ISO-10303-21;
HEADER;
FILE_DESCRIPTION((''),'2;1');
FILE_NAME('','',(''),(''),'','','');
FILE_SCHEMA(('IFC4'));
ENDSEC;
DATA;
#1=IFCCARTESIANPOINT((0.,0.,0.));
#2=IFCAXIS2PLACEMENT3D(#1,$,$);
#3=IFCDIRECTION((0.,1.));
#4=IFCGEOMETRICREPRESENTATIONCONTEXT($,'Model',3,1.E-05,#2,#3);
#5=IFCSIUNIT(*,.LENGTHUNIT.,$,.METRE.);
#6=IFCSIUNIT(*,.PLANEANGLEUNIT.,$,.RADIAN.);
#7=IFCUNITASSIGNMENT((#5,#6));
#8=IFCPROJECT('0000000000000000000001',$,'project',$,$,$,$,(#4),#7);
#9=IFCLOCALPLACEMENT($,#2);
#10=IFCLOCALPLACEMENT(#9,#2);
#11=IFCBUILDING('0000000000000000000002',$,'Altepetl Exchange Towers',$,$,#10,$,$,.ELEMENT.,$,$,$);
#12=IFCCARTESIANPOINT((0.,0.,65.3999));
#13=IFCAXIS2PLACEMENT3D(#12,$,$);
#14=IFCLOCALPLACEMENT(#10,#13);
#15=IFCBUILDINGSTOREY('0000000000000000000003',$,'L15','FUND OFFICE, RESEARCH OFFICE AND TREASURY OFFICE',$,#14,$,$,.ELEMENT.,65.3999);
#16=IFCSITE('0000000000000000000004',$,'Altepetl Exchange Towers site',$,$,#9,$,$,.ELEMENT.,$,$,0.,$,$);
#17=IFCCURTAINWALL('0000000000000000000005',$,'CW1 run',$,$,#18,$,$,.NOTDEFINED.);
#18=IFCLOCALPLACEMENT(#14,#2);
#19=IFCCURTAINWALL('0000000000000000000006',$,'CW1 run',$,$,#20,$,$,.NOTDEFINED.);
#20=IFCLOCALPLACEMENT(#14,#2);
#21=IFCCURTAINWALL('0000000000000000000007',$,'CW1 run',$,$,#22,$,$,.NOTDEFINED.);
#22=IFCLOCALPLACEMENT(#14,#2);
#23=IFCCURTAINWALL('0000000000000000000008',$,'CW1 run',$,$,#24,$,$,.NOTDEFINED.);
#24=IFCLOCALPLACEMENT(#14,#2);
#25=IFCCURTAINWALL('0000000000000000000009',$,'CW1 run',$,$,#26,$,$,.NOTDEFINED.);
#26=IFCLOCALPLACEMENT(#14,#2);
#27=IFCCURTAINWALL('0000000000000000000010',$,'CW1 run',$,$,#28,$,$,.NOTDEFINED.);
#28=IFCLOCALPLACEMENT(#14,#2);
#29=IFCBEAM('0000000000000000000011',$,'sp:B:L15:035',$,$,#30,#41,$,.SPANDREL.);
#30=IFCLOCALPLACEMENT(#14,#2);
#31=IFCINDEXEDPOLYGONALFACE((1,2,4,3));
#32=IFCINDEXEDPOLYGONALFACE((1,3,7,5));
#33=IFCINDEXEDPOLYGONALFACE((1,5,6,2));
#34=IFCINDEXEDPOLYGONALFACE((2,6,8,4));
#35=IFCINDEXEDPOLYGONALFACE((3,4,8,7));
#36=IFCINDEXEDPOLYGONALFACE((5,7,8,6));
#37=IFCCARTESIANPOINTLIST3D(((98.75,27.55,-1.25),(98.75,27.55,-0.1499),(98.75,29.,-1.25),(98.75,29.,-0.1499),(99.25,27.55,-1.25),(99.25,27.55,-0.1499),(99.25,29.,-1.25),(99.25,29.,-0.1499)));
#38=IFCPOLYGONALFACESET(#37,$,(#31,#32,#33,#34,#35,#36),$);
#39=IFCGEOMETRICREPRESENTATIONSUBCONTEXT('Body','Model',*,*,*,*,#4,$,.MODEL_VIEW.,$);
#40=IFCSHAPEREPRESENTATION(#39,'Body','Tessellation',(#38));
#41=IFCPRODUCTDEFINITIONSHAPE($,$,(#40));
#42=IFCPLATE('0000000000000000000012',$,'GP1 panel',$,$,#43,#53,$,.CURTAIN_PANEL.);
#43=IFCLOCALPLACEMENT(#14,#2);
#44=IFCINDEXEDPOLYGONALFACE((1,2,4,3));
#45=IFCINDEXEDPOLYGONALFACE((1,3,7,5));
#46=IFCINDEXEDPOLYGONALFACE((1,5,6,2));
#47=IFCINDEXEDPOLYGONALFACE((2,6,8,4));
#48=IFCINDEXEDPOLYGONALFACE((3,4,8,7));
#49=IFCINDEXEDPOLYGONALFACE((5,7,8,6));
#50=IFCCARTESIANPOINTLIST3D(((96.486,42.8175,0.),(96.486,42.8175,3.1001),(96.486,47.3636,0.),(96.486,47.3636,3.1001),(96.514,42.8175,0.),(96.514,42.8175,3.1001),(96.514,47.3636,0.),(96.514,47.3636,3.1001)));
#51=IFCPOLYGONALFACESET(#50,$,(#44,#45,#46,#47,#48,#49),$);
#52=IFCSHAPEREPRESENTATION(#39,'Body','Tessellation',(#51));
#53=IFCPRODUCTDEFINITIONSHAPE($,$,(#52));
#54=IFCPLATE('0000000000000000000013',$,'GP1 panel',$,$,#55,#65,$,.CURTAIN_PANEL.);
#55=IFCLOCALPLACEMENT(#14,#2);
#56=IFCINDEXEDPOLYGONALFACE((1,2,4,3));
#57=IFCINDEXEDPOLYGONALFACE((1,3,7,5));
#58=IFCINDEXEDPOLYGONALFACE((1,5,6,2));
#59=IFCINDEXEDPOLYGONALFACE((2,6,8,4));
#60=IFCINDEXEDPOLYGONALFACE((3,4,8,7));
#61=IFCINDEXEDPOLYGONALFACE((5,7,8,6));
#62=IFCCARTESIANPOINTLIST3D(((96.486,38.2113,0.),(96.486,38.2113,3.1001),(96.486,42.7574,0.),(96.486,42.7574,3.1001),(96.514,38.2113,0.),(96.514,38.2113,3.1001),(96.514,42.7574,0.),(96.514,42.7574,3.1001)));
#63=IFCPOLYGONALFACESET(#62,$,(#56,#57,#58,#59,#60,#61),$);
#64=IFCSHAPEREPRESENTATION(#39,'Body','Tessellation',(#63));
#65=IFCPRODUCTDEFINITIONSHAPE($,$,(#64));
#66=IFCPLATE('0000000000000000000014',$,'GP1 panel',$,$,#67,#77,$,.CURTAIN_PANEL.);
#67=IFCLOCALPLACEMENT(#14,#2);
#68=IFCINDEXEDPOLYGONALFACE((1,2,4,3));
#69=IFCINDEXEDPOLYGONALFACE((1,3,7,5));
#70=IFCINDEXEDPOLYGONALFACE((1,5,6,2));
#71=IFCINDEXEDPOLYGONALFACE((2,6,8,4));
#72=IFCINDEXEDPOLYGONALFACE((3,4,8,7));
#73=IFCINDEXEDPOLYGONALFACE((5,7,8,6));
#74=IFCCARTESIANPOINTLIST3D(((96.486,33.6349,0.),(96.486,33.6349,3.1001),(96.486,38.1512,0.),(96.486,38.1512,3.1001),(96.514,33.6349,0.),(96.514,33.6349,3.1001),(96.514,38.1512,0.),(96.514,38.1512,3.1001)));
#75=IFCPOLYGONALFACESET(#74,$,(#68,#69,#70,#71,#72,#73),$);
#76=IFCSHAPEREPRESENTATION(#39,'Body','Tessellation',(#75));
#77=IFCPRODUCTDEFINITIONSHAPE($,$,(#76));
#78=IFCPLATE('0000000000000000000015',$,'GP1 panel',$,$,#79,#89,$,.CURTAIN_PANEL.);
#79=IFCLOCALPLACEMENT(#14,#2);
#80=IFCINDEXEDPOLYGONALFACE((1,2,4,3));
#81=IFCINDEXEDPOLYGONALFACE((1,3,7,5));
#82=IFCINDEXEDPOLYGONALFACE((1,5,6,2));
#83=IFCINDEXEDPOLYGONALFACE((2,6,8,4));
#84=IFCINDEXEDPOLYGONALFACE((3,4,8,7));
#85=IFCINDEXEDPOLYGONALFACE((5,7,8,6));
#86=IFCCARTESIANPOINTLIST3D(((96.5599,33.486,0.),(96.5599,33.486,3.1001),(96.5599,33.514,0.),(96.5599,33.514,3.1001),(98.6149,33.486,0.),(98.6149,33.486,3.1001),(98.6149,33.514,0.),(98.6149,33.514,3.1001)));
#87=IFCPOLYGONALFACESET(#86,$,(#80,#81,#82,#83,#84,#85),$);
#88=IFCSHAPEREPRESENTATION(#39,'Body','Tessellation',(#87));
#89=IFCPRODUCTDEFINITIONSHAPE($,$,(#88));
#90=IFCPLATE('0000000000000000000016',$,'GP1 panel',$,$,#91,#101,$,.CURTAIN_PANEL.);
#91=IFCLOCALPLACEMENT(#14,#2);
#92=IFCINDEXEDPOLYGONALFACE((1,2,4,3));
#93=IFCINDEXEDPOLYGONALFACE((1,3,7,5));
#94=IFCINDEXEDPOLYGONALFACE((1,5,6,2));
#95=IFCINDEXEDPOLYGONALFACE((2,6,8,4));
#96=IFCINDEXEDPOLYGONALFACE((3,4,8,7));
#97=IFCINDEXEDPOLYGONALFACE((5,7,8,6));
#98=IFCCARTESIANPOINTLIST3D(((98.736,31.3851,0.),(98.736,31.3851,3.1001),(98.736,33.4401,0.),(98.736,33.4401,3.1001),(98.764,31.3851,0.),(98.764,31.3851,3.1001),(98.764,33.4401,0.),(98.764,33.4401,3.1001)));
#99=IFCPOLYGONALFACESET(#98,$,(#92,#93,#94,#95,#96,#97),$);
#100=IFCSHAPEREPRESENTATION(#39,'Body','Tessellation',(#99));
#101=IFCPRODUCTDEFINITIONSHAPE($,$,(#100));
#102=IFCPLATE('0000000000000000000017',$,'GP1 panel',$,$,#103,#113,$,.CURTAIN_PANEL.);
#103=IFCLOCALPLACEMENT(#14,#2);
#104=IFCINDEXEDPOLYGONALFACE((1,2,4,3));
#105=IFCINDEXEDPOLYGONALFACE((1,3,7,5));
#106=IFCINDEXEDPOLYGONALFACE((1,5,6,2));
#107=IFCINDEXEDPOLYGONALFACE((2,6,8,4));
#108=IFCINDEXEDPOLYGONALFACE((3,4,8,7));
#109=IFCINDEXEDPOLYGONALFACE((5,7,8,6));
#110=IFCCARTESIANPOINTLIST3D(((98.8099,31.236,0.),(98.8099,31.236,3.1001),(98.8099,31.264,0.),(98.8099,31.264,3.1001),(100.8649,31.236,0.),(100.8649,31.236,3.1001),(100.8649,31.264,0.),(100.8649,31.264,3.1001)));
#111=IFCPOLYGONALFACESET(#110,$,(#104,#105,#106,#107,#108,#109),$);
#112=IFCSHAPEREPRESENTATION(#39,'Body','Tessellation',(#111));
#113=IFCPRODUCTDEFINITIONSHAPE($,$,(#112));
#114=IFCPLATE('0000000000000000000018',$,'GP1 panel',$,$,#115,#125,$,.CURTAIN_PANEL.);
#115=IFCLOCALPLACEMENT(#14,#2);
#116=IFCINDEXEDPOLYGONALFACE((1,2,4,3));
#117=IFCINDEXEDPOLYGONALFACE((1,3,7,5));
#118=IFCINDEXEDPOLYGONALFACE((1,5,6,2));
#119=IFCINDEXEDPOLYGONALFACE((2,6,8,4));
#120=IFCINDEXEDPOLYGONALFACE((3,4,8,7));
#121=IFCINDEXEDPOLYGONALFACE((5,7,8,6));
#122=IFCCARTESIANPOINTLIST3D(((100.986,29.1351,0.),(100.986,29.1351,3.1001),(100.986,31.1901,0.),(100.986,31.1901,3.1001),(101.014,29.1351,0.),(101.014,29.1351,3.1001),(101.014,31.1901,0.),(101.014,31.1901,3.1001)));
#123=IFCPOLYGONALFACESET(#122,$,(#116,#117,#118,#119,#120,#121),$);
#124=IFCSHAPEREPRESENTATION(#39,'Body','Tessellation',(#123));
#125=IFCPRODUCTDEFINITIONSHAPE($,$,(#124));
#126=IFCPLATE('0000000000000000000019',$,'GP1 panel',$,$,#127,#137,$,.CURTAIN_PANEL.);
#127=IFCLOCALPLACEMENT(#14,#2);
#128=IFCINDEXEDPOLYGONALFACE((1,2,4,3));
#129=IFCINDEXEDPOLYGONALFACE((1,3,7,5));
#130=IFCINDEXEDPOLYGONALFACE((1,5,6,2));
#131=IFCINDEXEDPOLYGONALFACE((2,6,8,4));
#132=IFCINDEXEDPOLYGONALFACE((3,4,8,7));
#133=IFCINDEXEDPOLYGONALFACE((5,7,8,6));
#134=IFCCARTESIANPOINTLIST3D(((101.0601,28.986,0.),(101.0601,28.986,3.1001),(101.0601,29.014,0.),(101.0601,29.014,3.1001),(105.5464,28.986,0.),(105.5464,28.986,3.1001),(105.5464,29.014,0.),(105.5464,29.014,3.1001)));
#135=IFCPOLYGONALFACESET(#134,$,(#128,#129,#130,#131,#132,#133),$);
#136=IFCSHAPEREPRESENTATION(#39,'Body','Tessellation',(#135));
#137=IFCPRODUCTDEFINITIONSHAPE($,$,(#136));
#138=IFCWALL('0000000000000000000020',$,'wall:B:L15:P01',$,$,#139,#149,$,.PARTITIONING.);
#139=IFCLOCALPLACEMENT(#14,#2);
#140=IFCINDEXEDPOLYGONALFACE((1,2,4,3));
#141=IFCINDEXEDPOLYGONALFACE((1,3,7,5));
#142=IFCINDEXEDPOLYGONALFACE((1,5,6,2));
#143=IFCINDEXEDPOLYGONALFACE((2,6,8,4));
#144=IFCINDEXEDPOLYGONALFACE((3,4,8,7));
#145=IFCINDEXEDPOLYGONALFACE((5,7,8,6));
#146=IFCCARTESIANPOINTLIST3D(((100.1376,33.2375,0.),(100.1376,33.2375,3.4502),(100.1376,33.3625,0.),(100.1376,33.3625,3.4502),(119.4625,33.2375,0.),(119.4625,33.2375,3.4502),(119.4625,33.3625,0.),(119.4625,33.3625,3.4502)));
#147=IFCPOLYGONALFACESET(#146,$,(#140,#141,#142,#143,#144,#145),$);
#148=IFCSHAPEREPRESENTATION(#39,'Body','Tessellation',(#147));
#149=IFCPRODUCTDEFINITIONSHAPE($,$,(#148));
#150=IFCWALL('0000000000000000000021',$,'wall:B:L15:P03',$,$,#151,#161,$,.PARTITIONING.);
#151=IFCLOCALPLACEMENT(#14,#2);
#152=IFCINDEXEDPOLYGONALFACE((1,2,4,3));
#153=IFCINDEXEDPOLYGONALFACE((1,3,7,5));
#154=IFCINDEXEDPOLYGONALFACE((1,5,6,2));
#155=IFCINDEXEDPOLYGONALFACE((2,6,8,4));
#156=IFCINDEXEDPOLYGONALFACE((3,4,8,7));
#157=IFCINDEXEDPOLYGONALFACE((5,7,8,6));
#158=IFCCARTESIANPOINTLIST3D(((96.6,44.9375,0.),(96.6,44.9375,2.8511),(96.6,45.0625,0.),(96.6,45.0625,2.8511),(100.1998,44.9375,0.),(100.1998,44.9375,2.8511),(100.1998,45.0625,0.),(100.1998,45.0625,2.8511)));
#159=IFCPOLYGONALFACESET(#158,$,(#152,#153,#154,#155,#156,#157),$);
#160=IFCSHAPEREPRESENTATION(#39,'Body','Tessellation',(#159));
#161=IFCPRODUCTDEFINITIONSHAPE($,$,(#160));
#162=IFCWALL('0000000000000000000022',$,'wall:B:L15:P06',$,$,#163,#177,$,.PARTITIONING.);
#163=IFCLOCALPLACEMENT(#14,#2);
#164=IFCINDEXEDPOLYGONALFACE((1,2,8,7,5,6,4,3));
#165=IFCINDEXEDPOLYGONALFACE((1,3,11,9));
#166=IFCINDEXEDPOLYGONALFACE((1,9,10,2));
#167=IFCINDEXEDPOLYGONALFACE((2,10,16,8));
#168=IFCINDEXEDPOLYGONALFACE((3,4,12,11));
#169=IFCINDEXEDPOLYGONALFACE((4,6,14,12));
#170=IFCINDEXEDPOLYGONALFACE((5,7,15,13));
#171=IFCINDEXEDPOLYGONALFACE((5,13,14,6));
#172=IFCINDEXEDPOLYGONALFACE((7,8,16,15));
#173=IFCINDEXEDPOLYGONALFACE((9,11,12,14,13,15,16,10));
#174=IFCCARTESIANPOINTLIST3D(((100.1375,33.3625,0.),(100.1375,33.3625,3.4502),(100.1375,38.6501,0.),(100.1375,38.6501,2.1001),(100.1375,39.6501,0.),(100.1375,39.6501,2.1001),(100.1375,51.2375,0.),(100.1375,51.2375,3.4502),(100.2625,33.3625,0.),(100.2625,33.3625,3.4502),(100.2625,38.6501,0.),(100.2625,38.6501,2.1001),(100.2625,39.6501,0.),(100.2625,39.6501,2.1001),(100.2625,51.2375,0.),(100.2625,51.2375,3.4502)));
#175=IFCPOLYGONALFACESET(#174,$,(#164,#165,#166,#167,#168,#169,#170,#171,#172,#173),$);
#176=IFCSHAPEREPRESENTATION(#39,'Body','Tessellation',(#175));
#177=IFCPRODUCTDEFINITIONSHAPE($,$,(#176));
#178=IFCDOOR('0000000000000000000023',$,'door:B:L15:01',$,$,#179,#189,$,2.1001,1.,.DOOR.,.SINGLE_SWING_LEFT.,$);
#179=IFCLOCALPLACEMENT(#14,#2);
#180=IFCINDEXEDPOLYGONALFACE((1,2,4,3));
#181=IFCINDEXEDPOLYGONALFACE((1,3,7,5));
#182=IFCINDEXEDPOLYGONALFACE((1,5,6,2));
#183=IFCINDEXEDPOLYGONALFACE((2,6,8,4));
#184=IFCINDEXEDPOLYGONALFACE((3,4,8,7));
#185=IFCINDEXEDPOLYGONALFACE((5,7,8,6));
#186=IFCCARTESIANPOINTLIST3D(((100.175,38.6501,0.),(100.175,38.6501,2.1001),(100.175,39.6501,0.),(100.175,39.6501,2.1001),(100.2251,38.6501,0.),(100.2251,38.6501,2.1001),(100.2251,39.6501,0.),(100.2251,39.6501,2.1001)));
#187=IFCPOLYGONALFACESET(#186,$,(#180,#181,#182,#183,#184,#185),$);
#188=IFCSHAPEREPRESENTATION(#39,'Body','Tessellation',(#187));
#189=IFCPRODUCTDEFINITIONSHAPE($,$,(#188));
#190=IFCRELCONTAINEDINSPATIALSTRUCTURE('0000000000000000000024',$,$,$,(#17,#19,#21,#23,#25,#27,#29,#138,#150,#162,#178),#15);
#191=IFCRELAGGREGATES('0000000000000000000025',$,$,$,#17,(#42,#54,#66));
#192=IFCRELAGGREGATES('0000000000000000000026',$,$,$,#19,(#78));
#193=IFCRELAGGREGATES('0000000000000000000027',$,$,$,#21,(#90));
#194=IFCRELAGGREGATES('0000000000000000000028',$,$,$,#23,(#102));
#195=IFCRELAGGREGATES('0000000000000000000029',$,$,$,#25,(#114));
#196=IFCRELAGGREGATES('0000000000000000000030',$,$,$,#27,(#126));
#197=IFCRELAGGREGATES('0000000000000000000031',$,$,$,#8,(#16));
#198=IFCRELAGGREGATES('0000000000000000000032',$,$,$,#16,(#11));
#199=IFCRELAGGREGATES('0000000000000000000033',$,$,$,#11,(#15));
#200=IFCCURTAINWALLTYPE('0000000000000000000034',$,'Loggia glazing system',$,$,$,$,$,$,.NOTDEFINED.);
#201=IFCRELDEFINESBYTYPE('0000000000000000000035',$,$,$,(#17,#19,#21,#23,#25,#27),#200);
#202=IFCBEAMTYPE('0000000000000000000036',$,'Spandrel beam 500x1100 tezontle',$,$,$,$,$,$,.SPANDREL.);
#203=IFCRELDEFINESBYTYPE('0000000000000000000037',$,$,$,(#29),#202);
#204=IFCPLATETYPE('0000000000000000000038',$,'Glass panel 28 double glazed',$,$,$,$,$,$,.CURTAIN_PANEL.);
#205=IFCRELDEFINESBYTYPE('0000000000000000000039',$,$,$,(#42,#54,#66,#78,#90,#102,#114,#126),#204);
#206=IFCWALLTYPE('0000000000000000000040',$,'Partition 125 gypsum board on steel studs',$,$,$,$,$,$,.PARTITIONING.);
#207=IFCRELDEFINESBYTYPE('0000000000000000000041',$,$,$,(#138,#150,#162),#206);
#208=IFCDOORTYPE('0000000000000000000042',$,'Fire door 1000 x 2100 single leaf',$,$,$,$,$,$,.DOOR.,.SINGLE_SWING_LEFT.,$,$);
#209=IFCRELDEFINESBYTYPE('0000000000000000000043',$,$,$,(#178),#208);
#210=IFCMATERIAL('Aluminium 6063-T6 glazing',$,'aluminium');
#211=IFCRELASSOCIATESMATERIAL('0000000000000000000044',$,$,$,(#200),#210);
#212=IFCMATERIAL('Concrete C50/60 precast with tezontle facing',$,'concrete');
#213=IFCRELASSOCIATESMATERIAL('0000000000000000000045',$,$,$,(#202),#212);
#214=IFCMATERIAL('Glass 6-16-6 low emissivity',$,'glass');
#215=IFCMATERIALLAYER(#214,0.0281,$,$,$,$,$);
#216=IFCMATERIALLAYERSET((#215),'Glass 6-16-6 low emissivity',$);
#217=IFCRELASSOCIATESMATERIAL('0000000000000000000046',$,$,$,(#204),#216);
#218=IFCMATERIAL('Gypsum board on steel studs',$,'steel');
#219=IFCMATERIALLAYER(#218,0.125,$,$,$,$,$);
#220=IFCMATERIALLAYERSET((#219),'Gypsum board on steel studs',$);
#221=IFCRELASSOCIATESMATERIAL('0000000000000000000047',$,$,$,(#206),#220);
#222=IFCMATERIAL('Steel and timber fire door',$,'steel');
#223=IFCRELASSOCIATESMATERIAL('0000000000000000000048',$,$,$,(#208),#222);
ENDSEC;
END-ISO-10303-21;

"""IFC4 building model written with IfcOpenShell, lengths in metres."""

from ifc_helpers import new_model, si_unit, direction, frame, frame_2d, origin, origin_2d, place, context, subcontext, project, spatial, rectangle, extrude, material, layer, layer_set, material_profile, profile_set, type_object, element, fill, aggregate, save


model = new_model("IFC4")

# Units and contexts
model_context = context("Model", 3, precision=1e-05, world=origin(), true_north=direction((0.0, 1.0)))
body_context = subcontext(model_context, "Body", "Model", "MODEL_VIEW")
ifc_project = project(units=[si_unit("LENGTHUNIT", "METRE"), si_unit("PLANEANGLEUNIT", "RADIAN")], contexts=[model_context])

# Site, building, storey
site_placement = place(None, origin())
site = spatial("IfcSite", under=ifc_project, at=site_placement, Name="Altepetl Exchange Towers site", CompositionType="ELEMENT", RefElevation=0.0)
building_placement = place(site_placement, origin())
building = spatial("IfcBuilding", under=site, at=building_placement, Name="Altepetl Exchange Towers", CompositionType="ELEMENT")
storey_placement = place(building_placement, frame((0.0, 0.0, 65.3999)))
storey = spatial("IfcBuildingStorey", under=building, at=storey_placement, Name="L15", Description="FUND OFFICE, RESEARCH OFFICE AND TREASURY OFFICE", CompositionType="ELEMENT", Elevation=65.3999)

# Curtain walls
ifc_material_1 = material(Name="Aluminium 6063-T6 glazing", Category="aluminium")
curtain_wall_type = type_object("IfcCurtainWallType", Name="Loggia glazing system", PredefinedType="NOTDEFINED", material=ifc_material_1)
curtain_wall_1_placement = place(storey_placement, origin())
curtain_wall_1 = element("IfcCurtainWall", 1, at=curtain_wall_1_placement, inside=storey, type_object=curtain_wall_type, Name="CW1 run", PredefinedType="NOTDEFINED")
curtain_wall_2_placement = place(storey_placement, origin())
curtain_wall_2 = element("IfcCurtainWall", 2, at=curtain_wall_2_placement, inside=storey, type_object=curtain_wall_type, Name="CW1 run", PredefinedType="NOTDEFINED")
curtain_wall_3_placement = place(storey_placement, origin())
curtain_wall_3 = element("IfcCurtainWall", 3, at=curtain_wall_3_placement, inside=storey, type_object=curtain_wall_type, Name="CW1 run", PredefinedType="NOTDEFINED")
curtain_wall_4_placement = place(storey_placement, origin())
curtain_wall_4 = element("IfcCurtainWall", 4, at=curtain_wall_4_placement, inside=storey, type_object=curtain_wall_type, Name="CW1 run", PredefinedType="NOTDEFINED")
curtain_wall_5_placement = place(storey_placement, origin())
curtain_wall_5 = element("IfcCurtainWall", 5, at=curtain_wall_5_placement, inside=storey, type_object=curtain_wall_type, Name="CW1 run", PredefinedType="NOTDEFINED")

# Curtain wall
curtain_wall_6_placement = place(storey_placement, origin())
curtain_wall_6 = element("IfcCurtainWall", 6, at=curtain_wall_6_placement, inside=storey, type_object=curtain_wall_type, Name="CW1 run", PredefinedType="NOTDEFINED")

# Beam
ifc_material_2 = material(Name="Concrete C50/60 precast with tezontle facing", Category="concrete")
ifc_material_profile_1 = material_profile(ifc_material_2, rectangle(XDim=0.5, YDim=1.1001, at=origin_2d()), Name="500 x 1100")
ifc_profile_set_1 = profile_set([ifc_material_profile_1], Name="Concrete C50/60 precast with tezontle facing")
beam_type_1 = type_object("IfcBeamType", Name="Spandrel beam 500x1100 tezontle", PredefinedType="SPANDREL", material=ifc_profile_set_1)
beam_1_placement = place(storey_placement, frame((99.0, 29.0, -0.7), z_axis=(0.0, -1.0, 0.0), x_axis=(1.0, 0.0, 0.0)))
element("IfcBeam", 7, at=beam_1_placement, inside=storey, type_object=beam_type_1, Name="sp:B:L15:035", PredefinedType="SPANDREL", context=body_context, shape_type="SweptSolid", body=[
    extrude(rectangle(XDim=0.5, YDim=1.1001, at=origin_2d()), origin(), (0.0, 0.0, 1.0), 1.45),
])

# Plates
ifc_material_3 = material(Name="Glass 6-16-6 low emissivity", Category="glass")
ifc_layer_1 = layer(ifc_material_3, 0.0281)
ifc_layer_set_1 = layer_set([ifc_layer_1], Name="Glass 6-16-6 low emissivity")
plate_type = type_object("IfcPlateType", Name="Glass panel 28 double glazed", PredefinedType="CURTAIN_PANEL", material=ifc_layer_set_1)
plate_1_placement = place(storey_placement, frame((96.5, 45.0906, 0.0), z_axis=(0.0, 0.0, 1.0), x_axis=(0.0, -1.0, 0.0)))
plate_1 = element("IfcPlate", 8, at=plate_1_placement, type_object=plate_type, Name="GP1 panel", PredefinedType="CURTAIN_PANEL", context=body_context, shape_type="SweptSolid", body=[
    extrude(rectangle(XDim=4.5461, YDim=0.0281, at=origin_2d()), origin(), (0.0, 0.0, 1.0), 3.1001),
])
plate_2_placement = place(storey_placement, frame((96.5, 40.4844, 0.0), z_axis=(0.0, 0.0, 1.0), x_axis=(0.0, -1.0, 0.0)))
plate_2 = element("IfcPlate", 9, at=plate_2_placement, type_object=plate_type, Name="GP1 panel", PredefinedType="CURTAIN_PANEL", context=body_context, shape_type="SweptSolid", body=[
    extrude(rectangle(XDim=4.5461, YDim=0.0281, at=origin_2d()), origin(), (0.0, 0.0, 1.0), 3.1001),
])
plate_3_placement = place(storey_placement, frame((96.5, 35.8931, 0.0), z_axis=(0.0, 0.0, 1.0), x_axis=(0.0, -1.0, 0.0)))
plate_3 = element("IfcPlate", 10, at=plate_3_placement, type_object=plate_type, Name="GP1 panel", PredefinedType="CURTAIN_PANEL", context=body_context, shape_type="SweptSolid", body=[
    extrude(rectangle(XDim=4.5164, YDim=0.0281, at=origin_2d()), origin(), (0.0, 0.0, 1.0), 3.1001),
])
aggregate(curtain_wall_1, [plate_1, plate_2, plate_3])
plate_4_placement = place(storey_placement, frame((97.5874, 33.5, 0.0)))
plate_4 = element("IfcPlate", 11, at=plate_4_placement, type_object=plate_type, Name="GP1 panel", PredefinedType="CURTAIN_PANEL", context=body_context, shape_type="SweptSolid", body=[
    extrude(rectangle(XDim=2.0549, YDim=0.0281, at=origin_2d()), origin(), (0.0, 0.0, 1.0), 3.1001),
])
aggregate(curtain_wall_2, [plate_4])
plate_5_placement = place(storey_placement, frame((98.75, 32.4126, 0.0), z_axis=(0.0, 0.0, 1.0), x_axis=(0.0, -1.0, 0.0)))
plate_5 = element("IfcPlate", 12, at=plate_5_placement, type_object=plate_type, Name="GP1 panel", PredefinedType="CURTAIN_PANEL", context=body_context, shape_type="SweptSolid", body=[
    extrude(rectangle(XDim=2.0549, YDim=0.0281, at=origin_2d()), origin(), (0.0, 0.0, 1.0), 3.1001),
])
aggregate(curtain_wall_3, [plate_5])
plate_6_placement = place(storey_placement, frame((99.8374, 31.25, 0.0)))
plate_6 = element("IfcPlate", 13, at=plate_6_placement, type_object=plate_type, Name="GP1 panel", PredefinedType="CURTAIN_PANEL", context=body_context, shape_type="SweptSolid", body=[
    extrude(rectangle(XDim=2.0549, YDim=0.0281, at=origin_2d()), origin(), (0.0, 0.0, 1.0), 3.1001),
])
aggregate(curtain_wall_4, [plate_6])
plate_7_placement = place(storey_placement, frame((101.0, 30.1626, 0.0), z_axis=(0.0, 0.0, 1.0), x_axis=(0.0, -1.0, 0.0)))
plate_7 = element("IfcPlate", 14, at=plate_7_placement, type_object=plate_type, Name="GP1 panel", PredefinedType="CURTAIN_PANEL", context=body_context, shape_type="SweptSolid", body=[
    extrude(rectangle(XDim=2.0549, YDim=0.0281, at=origin_2d()), origin(), (0.0, 0.0, 1.0), 3.1001),
])
aggregate(curtain_wall_5, [plate_7])
plate_8_placement = place(storey_placement, frame((103.3032, 29.0, 0.0)))
plate_8 = element("IfcPlate", 15, at=plate_8_placement, type_object=plate_type, Name="GP1 panel", PredefinedType="CURTAIN_PANEL", context=body_context, shape_type="SweptSolid", body=[
    extrude(rectangle(XDim=4.4863, YDim=0.0281, at=origin_2d()), origin(), (0.0, 0.0, 1.0), 3.1001),
])
aggregate(curtain_wall_6, [plate_8])

# Walls
ifc_material_4 = material(Name="Gypsum board on steel studs", Category="steel")
ifc_layer_2 = layer(ifc_material_4, 0.125)
ifc_layer_set_2 = layer_set([ifc_layer_2], Name="Gypsum board on steel studs")
wall_type = type_object("IfcWallType", Name="Partition 125 gypsum board on steel studs", PredefinedType="PARTITIONING", material=ifc_layer_set_2)
wall_1_placement = place(storey_placement, frame((100.1375, 33.3, 0.0)))
element("IfcWall", 16, at=wall_1_placement, inside=storey, type_object=wall_type, Name="wall:B:L15:P01", PredefinedType="PARTITIONING", context=body_context, shape_type="SweptSolid", body=[
    extrude(rectangle(XDim=19.325, YDim=0.125, at=frame_2d((9.6626, 0.0))), origin(), (0.0, 0.0, 1.0), 3.4502),
])
wall_2_placement = place(storey_placement, frame((96.6001, 45.0, 0.0)))
element("IfcWall", 17, at=wall_2_placement, inside=storey, type_object=wall_type, Name="wall:B:L15:P03", PredefinedType="PARTITIONING", context=body_context, shape_type="SweptSolid", body=[
    extrude(rectangle(XDim=3.5999, YDim=0.125, at=frame_2d((1.7998, 0.0))), origin(), (0.0, 0.0, 1.0), 2.8511),
])

# Wall, opening, door
wall_3_placement = place(storey_placement, frame((100.2, 33.3625, 0.0), z_axis=(0.0, 0.0, 1.0), x_axis=(0.0, 1.0, 0.0)))
wall_3 = element("IfcWall", 18, at=wall_3_placement, inside=storey, type_object=wall_type, Name="wall:B:L15:P06", PredefinedType="PARTITIONING", context=body_context, shape_type="SweptSolid", body=[
    extrude(rectangle(XDim=17.875, YDim=0.125, at=frame_2d((8.9375, 0.0))), origin(), (0.0, 0.0, 1.0), 3.4502),
])
opening_placement = place(wall_3_placement, frame((5.2876, 0.0, 0.0)))
opening = element("IfcOpeningElement", 19, at=opening_placement, cuts=wall_3, PredefinedType="OPENING", context=body_context, shape_type="SweptSolid", body=[
    extrude(rectangle(XDim=1.0, YDim=2.1001, at=frame_2d((0.5, 1.05))), frame((0.0, 0.0725, 0.0), z_axis=(0.0, -1.0, 0.0), x_axis=(1.0, 0.0, 0.0)), (0.0, 0.0, 1.0), 0.145),
])
ifc_material_5 = material(Name="Steel and timber fire door", Category="steel")
door_type = type_object("IfcDoorType", Name="Fire door 1000 x 2100 single leaf", OperationType="SINGLE_SWING_LEFT", PredefinedType="DOOR", material=ifc_material_5)
door_placement = place(opening_placement, origin())
door = element("IfcDoor", 20, at=door_placement, inside=storey, type_object=door_type, Name="door:B:L15:01", OperationType="SINGLE_SWING_LEFT", OverallHeight=2.1001, OverallWidth=1.0, PredefinedType="DOOR", context=body_context, shape_type="SweptSolid", body=[
    extrude(rectangle(XDim=1.0, YDim=2.1001, at=frame_2d((0.5, 1.05))), frame((0.0, 0.0249, 0.0), z_axis=(0.0, -1.0, 0.0), x_axis=(1.0, 0.0, 0.0)), (0.0, 0.0, 1.0), 0.05),
])
fill(opening, door)

save(model, "model.ifc")
